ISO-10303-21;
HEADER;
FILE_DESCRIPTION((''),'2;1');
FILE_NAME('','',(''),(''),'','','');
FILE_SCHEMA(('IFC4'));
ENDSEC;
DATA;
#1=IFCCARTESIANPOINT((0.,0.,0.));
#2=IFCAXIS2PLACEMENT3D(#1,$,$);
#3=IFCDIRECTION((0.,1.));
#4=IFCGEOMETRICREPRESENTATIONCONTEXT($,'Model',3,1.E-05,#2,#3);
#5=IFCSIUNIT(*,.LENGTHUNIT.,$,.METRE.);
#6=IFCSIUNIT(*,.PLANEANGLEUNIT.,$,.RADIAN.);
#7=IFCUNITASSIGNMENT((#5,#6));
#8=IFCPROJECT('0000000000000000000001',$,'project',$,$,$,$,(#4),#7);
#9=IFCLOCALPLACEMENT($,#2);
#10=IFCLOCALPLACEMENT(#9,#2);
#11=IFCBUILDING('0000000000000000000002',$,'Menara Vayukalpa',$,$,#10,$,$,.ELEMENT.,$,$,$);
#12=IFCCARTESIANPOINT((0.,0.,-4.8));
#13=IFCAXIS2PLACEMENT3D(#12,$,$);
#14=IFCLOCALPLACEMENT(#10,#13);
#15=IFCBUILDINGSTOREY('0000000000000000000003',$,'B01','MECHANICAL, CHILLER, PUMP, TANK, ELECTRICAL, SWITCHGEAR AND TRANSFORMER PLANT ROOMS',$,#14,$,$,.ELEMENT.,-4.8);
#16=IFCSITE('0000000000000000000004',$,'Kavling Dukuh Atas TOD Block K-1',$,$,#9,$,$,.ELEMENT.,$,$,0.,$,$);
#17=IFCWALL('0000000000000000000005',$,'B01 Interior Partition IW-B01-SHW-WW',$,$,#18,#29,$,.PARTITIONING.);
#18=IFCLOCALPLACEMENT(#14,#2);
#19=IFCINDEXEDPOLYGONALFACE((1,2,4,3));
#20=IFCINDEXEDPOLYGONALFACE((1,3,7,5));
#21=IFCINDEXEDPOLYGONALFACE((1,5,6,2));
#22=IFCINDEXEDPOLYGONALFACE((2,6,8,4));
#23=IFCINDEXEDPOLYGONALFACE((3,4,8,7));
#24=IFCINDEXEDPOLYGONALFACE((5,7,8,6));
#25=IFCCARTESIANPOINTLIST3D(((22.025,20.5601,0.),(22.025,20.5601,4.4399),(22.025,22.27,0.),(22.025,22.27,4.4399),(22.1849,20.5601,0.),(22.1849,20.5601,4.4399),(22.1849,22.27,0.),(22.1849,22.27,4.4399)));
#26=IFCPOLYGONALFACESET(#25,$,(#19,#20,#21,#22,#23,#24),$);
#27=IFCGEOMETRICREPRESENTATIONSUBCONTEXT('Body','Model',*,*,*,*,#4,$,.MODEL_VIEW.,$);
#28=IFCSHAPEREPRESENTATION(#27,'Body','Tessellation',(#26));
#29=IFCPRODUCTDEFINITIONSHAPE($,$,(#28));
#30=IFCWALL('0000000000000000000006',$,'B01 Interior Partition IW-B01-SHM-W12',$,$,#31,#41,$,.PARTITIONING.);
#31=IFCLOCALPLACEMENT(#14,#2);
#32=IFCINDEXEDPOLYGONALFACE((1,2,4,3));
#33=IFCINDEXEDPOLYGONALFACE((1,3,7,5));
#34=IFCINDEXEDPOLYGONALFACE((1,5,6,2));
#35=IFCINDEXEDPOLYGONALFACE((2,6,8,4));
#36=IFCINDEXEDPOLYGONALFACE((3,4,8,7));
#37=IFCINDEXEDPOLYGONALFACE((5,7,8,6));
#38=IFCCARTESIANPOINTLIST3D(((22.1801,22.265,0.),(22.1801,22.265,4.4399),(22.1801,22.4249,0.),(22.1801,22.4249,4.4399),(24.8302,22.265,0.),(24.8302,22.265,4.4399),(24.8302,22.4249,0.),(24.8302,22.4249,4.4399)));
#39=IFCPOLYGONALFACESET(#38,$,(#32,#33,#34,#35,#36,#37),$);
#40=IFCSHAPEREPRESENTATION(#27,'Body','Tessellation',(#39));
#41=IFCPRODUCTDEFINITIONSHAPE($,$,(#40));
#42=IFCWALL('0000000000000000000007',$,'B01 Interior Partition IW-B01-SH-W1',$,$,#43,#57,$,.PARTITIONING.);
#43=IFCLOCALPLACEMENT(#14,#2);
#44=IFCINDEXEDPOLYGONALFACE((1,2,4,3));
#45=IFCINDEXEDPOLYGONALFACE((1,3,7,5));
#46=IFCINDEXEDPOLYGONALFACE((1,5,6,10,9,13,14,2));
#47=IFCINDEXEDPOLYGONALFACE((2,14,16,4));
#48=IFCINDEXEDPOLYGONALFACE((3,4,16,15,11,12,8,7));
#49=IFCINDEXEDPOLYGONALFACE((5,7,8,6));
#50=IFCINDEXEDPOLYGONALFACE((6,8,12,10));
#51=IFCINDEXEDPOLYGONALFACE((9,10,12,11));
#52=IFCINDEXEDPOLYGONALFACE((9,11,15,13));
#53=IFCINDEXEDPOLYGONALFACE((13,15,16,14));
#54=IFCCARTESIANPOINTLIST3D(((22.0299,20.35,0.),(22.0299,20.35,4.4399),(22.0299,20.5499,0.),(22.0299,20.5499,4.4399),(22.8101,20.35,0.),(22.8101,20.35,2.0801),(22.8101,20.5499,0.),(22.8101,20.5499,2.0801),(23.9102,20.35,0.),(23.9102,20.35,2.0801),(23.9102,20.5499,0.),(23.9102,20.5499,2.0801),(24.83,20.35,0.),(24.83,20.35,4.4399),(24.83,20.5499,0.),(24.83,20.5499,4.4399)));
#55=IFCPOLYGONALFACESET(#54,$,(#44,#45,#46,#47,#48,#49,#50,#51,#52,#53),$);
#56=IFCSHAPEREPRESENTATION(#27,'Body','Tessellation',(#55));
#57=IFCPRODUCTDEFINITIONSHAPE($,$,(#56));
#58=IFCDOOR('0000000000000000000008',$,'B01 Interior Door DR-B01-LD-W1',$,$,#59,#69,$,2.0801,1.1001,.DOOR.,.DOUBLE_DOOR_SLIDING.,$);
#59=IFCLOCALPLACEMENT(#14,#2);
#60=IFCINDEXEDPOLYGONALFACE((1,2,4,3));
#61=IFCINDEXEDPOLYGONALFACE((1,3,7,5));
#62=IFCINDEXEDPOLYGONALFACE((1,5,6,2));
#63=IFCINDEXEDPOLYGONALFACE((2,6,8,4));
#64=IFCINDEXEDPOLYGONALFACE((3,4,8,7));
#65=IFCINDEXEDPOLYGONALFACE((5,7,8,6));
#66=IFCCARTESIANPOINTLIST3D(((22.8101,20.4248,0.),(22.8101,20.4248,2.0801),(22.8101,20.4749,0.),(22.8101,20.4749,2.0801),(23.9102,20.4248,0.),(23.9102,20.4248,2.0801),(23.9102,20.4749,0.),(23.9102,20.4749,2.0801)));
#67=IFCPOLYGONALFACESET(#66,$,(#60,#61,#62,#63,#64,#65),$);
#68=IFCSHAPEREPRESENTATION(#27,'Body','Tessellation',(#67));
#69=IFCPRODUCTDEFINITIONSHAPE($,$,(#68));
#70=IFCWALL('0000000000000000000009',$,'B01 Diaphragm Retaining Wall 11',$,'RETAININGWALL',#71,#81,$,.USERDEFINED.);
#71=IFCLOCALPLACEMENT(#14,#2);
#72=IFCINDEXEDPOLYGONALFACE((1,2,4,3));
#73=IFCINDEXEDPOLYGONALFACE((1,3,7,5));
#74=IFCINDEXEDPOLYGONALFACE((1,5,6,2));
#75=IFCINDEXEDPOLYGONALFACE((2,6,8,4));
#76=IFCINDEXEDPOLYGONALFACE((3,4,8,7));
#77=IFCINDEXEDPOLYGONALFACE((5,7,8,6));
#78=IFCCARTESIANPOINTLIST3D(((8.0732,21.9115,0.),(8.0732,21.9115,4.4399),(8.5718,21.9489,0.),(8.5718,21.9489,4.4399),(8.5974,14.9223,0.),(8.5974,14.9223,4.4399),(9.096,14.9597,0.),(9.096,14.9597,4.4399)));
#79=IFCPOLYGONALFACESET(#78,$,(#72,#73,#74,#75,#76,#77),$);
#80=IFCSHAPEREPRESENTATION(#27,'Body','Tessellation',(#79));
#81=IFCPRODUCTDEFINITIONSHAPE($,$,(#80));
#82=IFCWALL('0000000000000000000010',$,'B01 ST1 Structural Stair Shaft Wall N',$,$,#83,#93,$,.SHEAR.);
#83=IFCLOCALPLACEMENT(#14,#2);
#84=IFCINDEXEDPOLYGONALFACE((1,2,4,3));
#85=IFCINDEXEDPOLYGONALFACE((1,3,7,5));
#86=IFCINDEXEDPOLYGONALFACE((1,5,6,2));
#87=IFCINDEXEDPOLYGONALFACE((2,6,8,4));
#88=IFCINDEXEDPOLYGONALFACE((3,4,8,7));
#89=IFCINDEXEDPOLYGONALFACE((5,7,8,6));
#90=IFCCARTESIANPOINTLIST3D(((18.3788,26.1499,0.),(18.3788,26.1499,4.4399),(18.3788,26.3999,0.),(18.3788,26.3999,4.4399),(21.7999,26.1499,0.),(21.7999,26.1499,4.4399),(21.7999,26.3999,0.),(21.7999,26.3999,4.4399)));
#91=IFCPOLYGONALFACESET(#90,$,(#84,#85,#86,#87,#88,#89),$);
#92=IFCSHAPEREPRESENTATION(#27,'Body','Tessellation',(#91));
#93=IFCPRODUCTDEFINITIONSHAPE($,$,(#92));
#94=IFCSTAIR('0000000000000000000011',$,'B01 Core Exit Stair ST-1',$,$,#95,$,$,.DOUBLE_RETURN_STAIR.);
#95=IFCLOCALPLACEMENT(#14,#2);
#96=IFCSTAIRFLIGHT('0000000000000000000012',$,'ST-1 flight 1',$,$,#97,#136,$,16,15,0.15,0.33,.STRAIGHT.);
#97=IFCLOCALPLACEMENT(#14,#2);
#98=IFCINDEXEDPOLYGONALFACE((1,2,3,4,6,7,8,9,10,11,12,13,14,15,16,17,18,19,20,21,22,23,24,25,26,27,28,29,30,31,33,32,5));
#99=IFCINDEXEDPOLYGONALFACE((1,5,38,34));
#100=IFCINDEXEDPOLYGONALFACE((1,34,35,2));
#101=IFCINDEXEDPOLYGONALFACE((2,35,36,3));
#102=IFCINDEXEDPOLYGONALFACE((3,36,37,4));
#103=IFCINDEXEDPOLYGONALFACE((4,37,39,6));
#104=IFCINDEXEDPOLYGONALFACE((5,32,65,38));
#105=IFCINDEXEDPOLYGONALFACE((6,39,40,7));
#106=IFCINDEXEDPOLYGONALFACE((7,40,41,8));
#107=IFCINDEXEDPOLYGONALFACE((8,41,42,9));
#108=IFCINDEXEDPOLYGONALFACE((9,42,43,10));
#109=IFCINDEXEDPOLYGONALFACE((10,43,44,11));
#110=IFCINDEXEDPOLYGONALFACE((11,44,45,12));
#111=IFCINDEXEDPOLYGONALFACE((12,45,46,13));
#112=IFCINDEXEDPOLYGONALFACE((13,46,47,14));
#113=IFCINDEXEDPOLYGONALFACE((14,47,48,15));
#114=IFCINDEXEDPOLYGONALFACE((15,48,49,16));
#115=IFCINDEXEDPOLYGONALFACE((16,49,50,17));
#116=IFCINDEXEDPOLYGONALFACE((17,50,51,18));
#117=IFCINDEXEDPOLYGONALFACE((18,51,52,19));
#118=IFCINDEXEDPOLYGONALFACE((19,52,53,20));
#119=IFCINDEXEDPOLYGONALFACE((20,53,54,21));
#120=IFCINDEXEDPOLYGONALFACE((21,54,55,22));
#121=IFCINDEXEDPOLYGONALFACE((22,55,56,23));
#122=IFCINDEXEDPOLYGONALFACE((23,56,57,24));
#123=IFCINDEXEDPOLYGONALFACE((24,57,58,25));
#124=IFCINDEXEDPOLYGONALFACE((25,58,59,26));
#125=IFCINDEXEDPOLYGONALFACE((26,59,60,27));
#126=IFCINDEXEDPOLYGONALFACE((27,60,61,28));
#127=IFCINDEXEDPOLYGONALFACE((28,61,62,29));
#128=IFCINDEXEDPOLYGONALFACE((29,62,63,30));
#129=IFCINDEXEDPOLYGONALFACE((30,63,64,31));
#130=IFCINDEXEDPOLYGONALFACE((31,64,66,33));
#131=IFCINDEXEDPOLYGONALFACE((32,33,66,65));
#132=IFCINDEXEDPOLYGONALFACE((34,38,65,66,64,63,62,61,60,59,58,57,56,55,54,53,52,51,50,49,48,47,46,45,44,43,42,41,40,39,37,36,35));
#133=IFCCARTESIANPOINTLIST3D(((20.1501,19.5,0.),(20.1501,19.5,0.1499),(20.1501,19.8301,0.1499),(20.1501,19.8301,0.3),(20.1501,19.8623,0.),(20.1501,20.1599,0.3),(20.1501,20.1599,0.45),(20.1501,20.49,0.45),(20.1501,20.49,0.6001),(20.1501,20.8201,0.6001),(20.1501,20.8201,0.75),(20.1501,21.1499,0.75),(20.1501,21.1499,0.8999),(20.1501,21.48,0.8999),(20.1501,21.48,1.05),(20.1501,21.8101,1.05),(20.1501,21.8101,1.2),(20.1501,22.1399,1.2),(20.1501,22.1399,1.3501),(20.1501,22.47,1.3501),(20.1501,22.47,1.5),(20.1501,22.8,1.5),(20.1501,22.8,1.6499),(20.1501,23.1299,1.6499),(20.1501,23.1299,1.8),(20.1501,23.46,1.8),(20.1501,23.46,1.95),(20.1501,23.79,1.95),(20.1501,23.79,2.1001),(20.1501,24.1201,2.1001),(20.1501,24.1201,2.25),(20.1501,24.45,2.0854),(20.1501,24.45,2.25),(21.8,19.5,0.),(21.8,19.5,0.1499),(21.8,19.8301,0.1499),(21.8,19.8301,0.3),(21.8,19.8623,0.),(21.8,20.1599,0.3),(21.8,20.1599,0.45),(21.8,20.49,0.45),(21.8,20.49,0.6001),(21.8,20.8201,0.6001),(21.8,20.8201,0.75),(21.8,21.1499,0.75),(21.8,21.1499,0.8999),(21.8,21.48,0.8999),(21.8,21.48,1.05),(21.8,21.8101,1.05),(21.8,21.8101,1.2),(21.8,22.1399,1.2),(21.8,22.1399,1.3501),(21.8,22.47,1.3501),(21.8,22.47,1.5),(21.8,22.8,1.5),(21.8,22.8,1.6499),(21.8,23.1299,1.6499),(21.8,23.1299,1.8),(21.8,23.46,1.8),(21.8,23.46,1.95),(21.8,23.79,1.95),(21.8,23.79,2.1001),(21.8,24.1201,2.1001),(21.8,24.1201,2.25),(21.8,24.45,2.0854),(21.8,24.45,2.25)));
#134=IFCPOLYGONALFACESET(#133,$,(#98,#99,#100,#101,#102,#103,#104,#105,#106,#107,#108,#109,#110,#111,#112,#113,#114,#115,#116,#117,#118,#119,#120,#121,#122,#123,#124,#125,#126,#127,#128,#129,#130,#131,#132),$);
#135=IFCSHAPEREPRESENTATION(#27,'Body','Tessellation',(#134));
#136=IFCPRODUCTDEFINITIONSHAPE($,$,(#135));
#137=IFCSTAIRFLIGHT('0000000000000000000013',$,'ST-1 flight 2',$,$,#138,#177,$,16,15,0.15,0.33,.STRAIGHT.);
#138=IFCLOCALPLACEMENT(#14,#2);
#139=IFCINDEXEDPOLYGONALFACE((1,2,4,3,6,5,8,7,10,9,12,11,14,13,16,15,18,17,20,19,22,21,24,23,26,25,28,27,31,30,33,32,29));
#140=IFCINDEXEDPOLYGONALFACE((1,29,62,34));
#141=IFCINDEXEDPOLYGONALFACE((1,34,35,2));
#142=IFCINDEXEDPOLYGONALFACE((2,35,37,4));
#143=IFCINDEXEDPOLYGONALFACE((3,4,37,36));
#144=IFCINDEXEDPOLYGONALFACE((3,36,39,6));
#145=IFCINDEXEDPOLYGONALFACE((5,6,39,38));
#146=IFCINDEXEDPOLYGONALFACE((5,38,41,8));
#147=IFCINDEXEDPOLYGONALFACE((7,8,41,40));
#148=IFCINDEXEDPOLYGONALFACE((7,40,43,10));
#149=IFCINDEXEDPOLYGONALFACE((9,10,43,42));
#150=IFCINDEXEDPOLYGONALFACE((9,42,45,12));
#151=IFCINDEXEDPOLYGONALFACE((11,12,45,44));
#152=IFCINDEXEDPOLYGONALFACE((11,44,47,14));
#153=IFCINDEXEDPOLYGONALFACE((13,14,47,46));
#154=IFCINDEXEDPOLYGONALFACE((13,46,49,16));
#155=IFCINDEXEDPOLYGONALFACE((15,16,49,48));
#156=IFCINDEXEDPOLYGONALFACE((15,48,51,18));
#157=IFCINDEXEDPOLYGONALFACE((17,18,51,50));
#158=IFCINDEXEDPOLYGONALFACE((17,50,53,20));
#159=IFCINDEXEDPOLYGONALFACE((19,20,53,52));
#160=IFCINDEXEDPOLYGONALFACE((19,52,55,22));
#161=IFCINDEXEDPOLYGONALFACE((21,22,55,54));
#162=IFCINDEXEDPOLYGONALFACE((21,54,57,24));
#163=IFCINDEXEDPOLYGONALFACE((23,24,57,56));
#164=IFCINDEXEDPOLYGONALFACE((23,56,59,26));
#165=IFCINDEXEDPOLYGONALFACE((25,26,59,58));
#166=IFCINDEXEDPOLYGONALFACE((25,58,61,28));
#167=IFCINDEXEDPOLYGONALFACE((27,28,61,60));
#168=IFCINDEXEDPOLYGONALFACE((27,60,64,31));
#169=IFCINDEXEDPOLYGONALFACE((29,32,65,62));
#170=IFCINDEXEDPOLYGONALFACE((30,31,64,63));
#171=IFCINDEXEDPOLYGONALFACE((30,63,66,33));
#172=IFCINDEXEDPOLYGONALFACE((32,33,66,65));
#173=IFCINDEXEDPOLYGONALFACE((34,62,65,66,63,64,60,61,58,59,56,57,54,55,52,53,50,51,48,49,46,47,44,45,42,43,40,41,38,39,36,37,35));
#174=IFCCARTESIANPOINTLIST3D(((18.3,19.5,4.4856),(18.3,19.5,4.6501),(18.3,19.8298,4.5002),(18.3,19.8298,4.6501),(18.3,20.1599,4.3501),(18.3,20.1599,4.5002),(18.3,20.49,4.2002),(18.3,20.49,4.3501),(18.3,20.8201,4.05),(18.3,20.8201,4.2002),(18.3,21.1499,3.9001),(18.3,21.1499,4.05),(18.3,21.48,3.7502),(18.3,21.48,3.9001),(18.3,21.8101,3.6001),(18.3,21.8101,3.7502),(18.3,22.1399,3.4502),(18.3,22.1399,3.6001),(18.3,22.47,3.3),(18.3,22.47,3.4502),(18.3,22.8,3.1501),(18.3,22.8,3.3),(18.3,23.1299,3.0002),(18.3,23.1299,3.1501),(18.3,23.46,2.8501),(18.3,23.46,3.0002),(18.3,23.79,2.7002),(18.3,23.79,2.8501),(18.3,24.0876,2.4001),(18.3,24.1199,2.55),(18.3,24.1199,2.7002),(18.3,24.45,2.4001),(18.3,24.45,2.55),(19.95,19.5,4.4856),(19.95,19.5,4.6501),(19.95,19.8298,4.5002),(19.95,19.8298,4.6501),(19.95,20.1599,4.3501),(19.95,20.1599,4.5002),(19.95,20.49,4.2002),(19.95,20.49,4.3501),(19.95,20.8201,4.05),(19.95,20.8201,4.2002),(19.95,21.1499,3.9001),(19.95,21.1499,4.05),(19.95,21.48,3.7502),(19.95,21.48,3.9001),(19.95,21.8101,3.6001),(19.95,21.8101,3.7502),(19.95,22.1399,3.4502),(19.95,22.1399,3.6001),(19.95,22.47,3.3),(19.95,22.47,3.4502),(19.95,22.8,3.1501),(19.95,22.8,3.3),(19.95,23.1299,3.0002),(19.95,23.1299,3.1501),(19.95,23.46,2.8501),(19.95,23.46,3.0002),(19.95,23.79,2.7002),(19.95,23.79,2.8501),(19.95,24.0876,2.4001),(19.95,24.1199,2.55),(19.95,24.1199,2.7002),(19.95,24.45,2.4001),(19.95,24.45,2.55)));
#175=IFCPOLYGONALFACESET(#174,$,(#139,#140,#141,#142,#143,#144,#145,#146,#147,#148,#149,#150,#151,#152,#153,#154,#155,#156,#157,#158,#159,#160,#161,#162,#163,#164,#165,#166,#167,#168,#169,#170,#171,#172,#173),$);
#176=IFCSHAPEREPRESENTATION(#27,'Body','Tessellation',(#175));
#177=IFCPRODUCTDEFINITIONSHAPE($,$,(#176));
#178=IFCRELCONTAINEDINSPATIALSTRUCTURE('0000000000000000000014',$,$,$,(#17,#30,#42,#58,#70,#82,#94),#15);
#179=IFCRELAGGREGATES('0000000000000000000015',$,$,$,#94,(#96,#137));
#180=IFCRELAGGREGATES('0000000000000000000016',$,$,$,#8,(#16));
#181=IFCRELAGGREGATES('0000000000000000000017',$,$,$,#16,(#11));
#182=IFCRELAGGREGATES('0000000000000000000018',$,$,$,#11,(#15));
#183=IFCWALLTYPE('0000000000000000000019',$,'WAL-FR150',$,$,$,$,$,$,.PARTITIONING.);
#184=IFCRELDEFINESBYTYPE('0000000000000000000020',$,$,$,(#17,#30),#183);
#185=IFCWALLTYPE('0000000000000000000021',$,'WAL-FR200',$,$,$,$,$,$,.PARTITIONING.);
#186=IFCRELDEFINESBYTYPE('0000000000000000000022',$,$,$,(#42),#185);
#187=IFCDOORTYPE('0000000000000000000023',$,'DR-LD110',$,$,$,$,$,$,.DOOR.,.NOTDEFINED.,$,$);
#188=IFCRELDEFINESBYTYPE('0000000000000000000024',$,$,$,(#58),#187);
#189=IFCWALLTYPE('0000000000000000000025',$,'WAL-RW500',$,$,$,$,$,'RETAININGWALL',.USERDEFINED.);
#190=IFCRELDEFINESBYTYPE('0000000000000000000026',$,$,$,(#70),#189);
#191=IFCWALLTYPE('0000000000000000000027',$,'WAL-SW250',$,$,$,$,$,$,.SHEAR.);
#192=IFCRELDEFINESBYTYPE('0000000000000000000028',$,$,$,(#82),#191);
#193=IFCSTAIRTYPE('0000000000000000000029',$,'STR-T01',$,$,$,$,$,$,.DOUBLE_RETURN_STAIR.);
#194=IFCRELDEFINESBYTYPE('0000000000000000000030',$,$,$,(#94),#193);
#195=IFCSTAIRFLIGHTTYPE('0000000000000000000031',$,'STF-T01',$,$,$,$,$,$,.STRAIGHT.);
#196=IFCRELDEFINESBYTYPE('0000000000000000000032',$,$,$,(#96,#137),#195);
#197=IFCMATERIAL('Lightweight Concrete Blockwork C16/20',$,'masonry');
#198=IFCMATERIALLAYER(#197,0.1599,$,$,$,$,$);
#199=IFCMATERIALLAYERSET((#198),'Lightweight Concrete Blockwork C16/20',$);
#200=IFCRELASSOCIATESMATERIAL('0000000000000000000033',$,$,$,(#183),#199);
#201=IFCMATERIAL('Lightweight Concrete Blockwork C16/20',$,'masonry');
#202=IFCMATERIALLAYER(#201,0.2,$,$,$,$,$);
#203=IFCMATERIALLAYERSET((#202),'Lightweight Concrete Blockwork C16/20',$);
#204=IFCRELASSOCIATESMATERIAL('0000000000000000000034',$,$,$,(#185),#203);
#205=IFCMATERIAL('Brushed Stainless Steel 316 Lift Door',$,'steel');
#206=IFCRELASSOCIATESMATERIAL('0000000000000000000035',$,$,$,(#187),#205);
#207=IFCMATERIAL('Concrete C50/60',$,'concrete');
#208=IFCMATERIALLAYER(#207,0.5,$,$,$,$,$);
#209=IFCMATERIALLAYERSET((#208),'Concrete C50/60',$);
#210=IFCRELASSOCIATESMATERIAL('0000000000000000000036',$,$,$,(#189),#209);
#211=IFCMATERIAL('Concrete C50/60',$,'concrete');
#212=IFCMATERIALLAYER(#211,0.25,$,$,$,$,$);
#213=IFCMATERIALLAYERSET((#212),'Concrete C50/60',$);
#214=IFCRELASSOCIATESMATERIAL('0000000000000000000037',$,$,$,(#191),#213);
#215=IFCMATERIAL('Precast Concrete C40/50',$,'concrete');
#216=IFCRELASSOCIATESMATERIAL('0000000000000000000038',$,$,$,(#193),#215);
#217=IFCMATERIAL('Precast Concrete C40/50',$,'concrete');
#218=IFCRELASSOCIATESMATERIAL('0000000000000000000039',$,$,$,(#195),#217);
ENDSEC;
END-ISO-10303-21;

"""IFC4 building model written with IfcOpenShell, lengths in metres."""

from ifc_helpers import new_model, si_unit, direction, frame, frame_2d, origin, place, context, subcontext, project, spatial, polyline, rectangle, outline, extrude, material, layer, layer_set, type_object, element, fill, aggregate, save


model = new_model("IFC4")

# Units and contexts
model_context = context("Model", 3, precision=1e-05, world=origin(), true_north=direction((0.0, 1.0)))
body_context = subcontext(model_context, "Body", "Model", "MODEL_VIEW")
ifc_project = project(units=[si_unit("LENGTHUNIT", "METRE"), si_unit("PLANEANGLEUNIT", "RADIAN")], contexts=[model_context])

# Site, building, storey
site_placement = place(None, origin())
site = spatial("IfcSite", under=ifc_project, at=site_placement, Name="Kavling Dukuh Atas TOD Block K-1", CompositionType="ELEMENT", RefElevation=0.0)
building_placement = place(site_placement, origin())
building = spatial("IfcBuilding", under=site, at=building_placement, Name="Menara Vayukalpa", CompositionType="ELEMENT")
storey_placement = place(building_placement, frame((0.0, 0.0, -4.8)))
storey = spatial("IfcBuildingStorey", under=building, at=storey_placement, Name="B01", Description="MECHANICAL, CHILLER, PUMP, TANK, ELECTRICAL, SWITCHGEAR AND TRANSFORMER PLANT ROOMS", CompositionType="ELEMENT", Elevation=-4.8)

# Walls
ifc_material_1 = material(Name="Lightweight Concrete Blockwork C16/20", Category="masonry")
ifc_layer_1 = layer(ifc_material_1, 0.1599)
ifc_layer_set_1 = layer_set([ifc_layer_1], Name="Lightweight Concrete Blockwork C16/20")
wall_type_1 = type_object("IfcWallType", Name="WAL-FR150", PredefinedType="PARTITIONING", material=ifc_layer_set_1)
wall_1_placement = place(storey_placement, frame((22.105, 20.5601, 0.0), z_axis=(0.0, 0.0, 1.0), x_axis=(0.0, 1.0, 0.0)))
element("IfcWall", 1, at=wall_1_placement, inside=storey, type_object=wall_type_1, Name="B01 Interior Partition IW-B01-SHW-WW", PredefinedType="PARTITIONING", context=body_context, shape_type="SweptSolid", body=[
    extrude(rectangle(XDim=1.71, YDim=0.1599, at=frame_2d((0.855, 0.0))), origin(), (0.0, 0.0, 1.0), 4.4399),
])
wall_2_placement = place(storey_placement, frame((22.1799, 22.345, 0.0), z_axis=(0.0, 0.0, 1.0), x_axis=(1.0, 0.0, 0.0)))
element("IfcWall", 2, at=wall_2_placement, inside=storey, type_object=wall_type_1, Name="B01 Interior Partition IW-B01-SHM-W12", PredefinedType="PARTITIONING", context=body_context, shape_type="SweptSolid", body=[
    extrude(rectangle(XDim=2.6501, YDim=0.1599, at=frame_2d((1.3252, 0.0))), origin(), (0.0, 0.0, 1.0), 4.4399),
])

# Wall, opening, door
ifc_material_2 = material(Name="Lightweight Concrete Blockwork C16/20", Category="masonry")
ifc_layer_2 = layer(ifc_material_2, 0.2)
ifc_layer_set_2 = layer_set([ifc_layer_2], Name="Lightweight Concrete Blockwork C16/20")
wall_type_2 = type_object("IfcWallType", Name="WAL-FR200", PredefinedType="PARTITIONING", material=ifc_layer_set_2)
wall_3_placement = place(storey_placement, frame((22.03, 20.45, 0.0), z_axis=(0.0, 0.0, 1.0), x_axis=(1.0, 0.0, 0.0)))
wall_3 = element("IfcWall", 3, at=wall_3_placement, inside=storey, type_object=wall_type_2, Name="B01 Interior Partition IW-B01-SH-W1", PredefinedType="PARTITIONING", context=body_context, shape_type="SweptSolid", body=[
    extrude(rectangle(XDim=2.8, YDim=0.2, at=frame_2d((1.3999, 0.0))), origin(), (0.0, 0.0, 1.0), 4.4399),
])
opening_placement = place(wall_3_placement, frame((0.78, 0.0, 0.0)))
opening = element("IfcOpeningElement", 4, at=opening_placement, cuts=wall_3, PredefinedType="OPENING", context=body_context, shape_type="SweptSolid", body=[
    extrude(rectangle(XDim=1.1001, YDim=2.0801, at=frame_2d((0.55, 1.04))), frame((0.0, 0.1099, 0.0), z_axis=(0.0, -1.0, 0.0), x_axis=(1.0, 0.0, 0.0)), (0.0, 0.0, 1.0), 0.22),
])
ifc_material_3 = material(Name="Brushed Stainless Steel 316 Lift Door", Category="steel")
door_type = type_object("IfcDoorType", Name="DR-LD110", OperationType="NOTDEFINED", PredefinedType="DOOR", material=ifc_material_3)
door_placement = place(opening_placement, origin())
door = element("IfcDoor", 5, at=door_placement, inside=storey, type_object=door_type, Name="B01 Interior Door DR-B01-LD-W1", OperationType="DOUBLE_DOOR_SLIDING", OverallHeight=2.0801, OverallWidth=1.1001, PredefinedType="DOOR", context=body_context, shape_type="SweptSolid", body=[
    extrude(rectangle(XDim=1.1001, YDim=2.0801, at=frame_2d((0.55, 1.04))), frame((0.0, 0.0249, 0.0), z_axis=(0.0, -1.0, 0.0), x_axis=(1.0, 0.0, 0.0)), (0.0, 0.0, 1.0), 0.05),
])
fill(opening, door)

# Walls
ifc_material_4 = material(Name="Concrete C50/60", Category="concrete")
ifc_layer_3 = layer(ifc_material_4, 0.5)
ifc_layer_set_3 = layer_set([ifc_layer_3], Name="Concrete C50/60")
wall_type_3 = type_object("IfcWallType", Name="WAL-RW500", ElementType="RETAININGWALL", PredefinedType="USERDEFINED", material=ifc_layer_set_3)
wall_4_placement = place(storey_placement, frame((8.3225, 21.9302, 0.0), z_axis=(0.0, 0.0, 1.0), x_axis=(0.074786, -0.9972, 0.0)))
element("IfcWall", 6, at=wall_4_placement, inside=storey, type_object=wall_type_3, Name="B01 Diaphragm Retaining Wall 11", ObjectType="RETAININGWALL", PredefinedType="USERDEFINED", context=body_context, shape_type="SweptSolid", body=[
    extrude(rectangle(XDim=7.0088, YDim=0.5, at=frame_2d((3.5044, 0.0))), origin(), (0.0, 0.0, 1.0), 4.4399),
])
ifc_material_5 = material(Name="Concrete C50/60", Category="concrete")
ifc_layer_4 = layer(ifc_material_5, 0.25)
ifc_layer_set_4 = layer_set([ifc_layer_4], Name="Concrete C50/60")
wall_type_4 = type_object("IfcWallType", Name="WAL-SW250", PredefinedType="SHEAR", material=ifc_layer_set_4)
wall_5_placement = place(storey_placement, frame((18.3789, 26.2749, 0.0), z_axis=(0.0, 0.0, 1.0), x_axis=(1.0, 0.0, 0.0)))
element("IfcWall", 7, at=wall_5_placement, inside=storey, type_object=wall_type_4, Name="B01 ST1 Structural Stair Shaft Wall N", PredefinedType="SHEAR", context=body_context, shape_type="SweptSolid", body=[
    extrude(rectangle(XDim=3.4211, YDim=0.25, at=frame_2d((1.7104, 0.0))), origin(), (0.0, 0.0, 1.0), 4.4399),
])

# Stair, stair flights
ifc_material_6 = material(Name="Precast Concrete C40/50", Category="concrete")
stair_type = type_object("IfcStairType", Name="STR-T01", PredefinedType="DOUBLE_RETURN_STAIR", material=ifc_material_6)
stair_placement = place(storey_placement, origin())
stair = element("IfcStair", 8, at=stair_placement, inside=storey, type_object=stair_type, Name="B01 Core Exit Stair ST-1", PredefinedType="DOUBLE_RETURN_STAIR")
ifc_material_7 = material(Name="Precast Concrete C40/50", Category="concrete")
stair_flight_type = type_object("IfcStairFlightType", Name="STF-T01", PredefinedType="STRAIGHT", material=ifc_material_7)
stair_flight_1_placement = place(storey_placement, frame((20.9751, 19.5, 0.0), z_axis=(0.0, 0.0, 1.0), x_axis=(0.0, 1.0, 0.0)))
stair_flight_1 = element("IfcStairFlight", 9, at=stair_flight_1_placement, type_object=stair_flight_type, Name="ST-1 flight 1", NumberOfRisers=16, NumberOfTreads=15, PredefinedType="STRAIGHT", RiserHeight=0.15, TreadLength=0.33, context=body_context, shape_type="SweptSolid", body=[
    extrude(outline(polyline([(0.0, 0.0), (0.0, 0.1499), (0.3301, 0.1499), (0.3301, 0.3), (0.6599, 0.3), (0.6599, 0.45), (0.99, 0.45), (0.99, 0.6001), (1.3201, 0.6001), (1.3201, 0.75), (1.6499, 0.75), (1.6499, 0.8999), (1.98, 0.8999), (1.98, 1.05), (2.3101, 1.05), (2.3101, 1.2), (2.6399, 1.2), (2.6399, 1.3501), (2.97, 1.3501), (2.97, 1.5), (3.3, 1.5), (3.3, 1.6499), (3.6299, 1.6499), (3.6299, 1.8), (3.96, 1.8), (3.96, 1.95), (4.29, 1.95), (4.29, 2.1001), (4.6201, 2.1001), (4.6201, 2.25), (4.95, 2.25), (4.95, 2.3999), (4.95, 2.0854), (0.3623, 0.0), (0.0, 0.0)])), frame((0.0, 0.825, 0.0), z_axis=(0.0, -1.0, 0.0), x_axis=(1.0, 0.0, 0.0)), (0.0, 0.0, 1.0), 1.6499),
])
stair_flight_2_placement = place(storey_placement, frame((19.125, 24.45, 2.4001), z_axis=(0.0, 0.0, 1.0), x_axis=(0.0, -1.0, 0.0)))
stair_flight_2 = element("IfcStairFlight", 10, at=stair_flight_2_placement, type_object=stair_flight_type, Name="ST-1 flight 2", NumberOfRisers=16, NumberOfTreads=15, PredefinedType="STRAIGHT", RiserHeight=0.15, TreadLength=0.33, context=body_context, shape_type="SweptSolid", body=[
    extrude(outline(polyline([(0.0, 0.0), (0.0, 0.1499), (0.3301, 0.1499), (0.3301, 0.3), (0.6599, 0.3), (0.6599, 0.45), (0.99, 0.45), (0.99, 0.6001), (1.3201, 0.6001), (1.3201, 0.75), (1.6499, 0.75), (1.6499, 0.8999), (1.98, 0.8999), (1.98, 1.05), (2.3101, 1.05), (2.3101, 1.2), (2.6399, 1.2), (2.6399, 1.3501), (2.97, 1.3501), (2.97, 1.5), (3.3, 1.5), (3.3, 1.6499), (3.6299, 1.6499), (3.6299, 1.8), (3.96, 1.8), (3.96, 1.95), (4.29, 1.95), (4.29, 2.1001), (4.6201, 2.1001), (4.6201, 2.25), (4.95, 2.25), (4.95, 2.3999), (4.95, 2.0854), (0.3623, 0.0), (0.0, 0.0)])), frame((0.0, 0.825, 0.0), z_axis=(0.0, -1.0, 0.0), x_axis=(1.0, 0.0, 0.0)), (0.0, 0.0, 1.0), 1.6499),
])
aggregate(stair, [stair_flight_1, stair_flight_2])

save(model, "model.ifc")
